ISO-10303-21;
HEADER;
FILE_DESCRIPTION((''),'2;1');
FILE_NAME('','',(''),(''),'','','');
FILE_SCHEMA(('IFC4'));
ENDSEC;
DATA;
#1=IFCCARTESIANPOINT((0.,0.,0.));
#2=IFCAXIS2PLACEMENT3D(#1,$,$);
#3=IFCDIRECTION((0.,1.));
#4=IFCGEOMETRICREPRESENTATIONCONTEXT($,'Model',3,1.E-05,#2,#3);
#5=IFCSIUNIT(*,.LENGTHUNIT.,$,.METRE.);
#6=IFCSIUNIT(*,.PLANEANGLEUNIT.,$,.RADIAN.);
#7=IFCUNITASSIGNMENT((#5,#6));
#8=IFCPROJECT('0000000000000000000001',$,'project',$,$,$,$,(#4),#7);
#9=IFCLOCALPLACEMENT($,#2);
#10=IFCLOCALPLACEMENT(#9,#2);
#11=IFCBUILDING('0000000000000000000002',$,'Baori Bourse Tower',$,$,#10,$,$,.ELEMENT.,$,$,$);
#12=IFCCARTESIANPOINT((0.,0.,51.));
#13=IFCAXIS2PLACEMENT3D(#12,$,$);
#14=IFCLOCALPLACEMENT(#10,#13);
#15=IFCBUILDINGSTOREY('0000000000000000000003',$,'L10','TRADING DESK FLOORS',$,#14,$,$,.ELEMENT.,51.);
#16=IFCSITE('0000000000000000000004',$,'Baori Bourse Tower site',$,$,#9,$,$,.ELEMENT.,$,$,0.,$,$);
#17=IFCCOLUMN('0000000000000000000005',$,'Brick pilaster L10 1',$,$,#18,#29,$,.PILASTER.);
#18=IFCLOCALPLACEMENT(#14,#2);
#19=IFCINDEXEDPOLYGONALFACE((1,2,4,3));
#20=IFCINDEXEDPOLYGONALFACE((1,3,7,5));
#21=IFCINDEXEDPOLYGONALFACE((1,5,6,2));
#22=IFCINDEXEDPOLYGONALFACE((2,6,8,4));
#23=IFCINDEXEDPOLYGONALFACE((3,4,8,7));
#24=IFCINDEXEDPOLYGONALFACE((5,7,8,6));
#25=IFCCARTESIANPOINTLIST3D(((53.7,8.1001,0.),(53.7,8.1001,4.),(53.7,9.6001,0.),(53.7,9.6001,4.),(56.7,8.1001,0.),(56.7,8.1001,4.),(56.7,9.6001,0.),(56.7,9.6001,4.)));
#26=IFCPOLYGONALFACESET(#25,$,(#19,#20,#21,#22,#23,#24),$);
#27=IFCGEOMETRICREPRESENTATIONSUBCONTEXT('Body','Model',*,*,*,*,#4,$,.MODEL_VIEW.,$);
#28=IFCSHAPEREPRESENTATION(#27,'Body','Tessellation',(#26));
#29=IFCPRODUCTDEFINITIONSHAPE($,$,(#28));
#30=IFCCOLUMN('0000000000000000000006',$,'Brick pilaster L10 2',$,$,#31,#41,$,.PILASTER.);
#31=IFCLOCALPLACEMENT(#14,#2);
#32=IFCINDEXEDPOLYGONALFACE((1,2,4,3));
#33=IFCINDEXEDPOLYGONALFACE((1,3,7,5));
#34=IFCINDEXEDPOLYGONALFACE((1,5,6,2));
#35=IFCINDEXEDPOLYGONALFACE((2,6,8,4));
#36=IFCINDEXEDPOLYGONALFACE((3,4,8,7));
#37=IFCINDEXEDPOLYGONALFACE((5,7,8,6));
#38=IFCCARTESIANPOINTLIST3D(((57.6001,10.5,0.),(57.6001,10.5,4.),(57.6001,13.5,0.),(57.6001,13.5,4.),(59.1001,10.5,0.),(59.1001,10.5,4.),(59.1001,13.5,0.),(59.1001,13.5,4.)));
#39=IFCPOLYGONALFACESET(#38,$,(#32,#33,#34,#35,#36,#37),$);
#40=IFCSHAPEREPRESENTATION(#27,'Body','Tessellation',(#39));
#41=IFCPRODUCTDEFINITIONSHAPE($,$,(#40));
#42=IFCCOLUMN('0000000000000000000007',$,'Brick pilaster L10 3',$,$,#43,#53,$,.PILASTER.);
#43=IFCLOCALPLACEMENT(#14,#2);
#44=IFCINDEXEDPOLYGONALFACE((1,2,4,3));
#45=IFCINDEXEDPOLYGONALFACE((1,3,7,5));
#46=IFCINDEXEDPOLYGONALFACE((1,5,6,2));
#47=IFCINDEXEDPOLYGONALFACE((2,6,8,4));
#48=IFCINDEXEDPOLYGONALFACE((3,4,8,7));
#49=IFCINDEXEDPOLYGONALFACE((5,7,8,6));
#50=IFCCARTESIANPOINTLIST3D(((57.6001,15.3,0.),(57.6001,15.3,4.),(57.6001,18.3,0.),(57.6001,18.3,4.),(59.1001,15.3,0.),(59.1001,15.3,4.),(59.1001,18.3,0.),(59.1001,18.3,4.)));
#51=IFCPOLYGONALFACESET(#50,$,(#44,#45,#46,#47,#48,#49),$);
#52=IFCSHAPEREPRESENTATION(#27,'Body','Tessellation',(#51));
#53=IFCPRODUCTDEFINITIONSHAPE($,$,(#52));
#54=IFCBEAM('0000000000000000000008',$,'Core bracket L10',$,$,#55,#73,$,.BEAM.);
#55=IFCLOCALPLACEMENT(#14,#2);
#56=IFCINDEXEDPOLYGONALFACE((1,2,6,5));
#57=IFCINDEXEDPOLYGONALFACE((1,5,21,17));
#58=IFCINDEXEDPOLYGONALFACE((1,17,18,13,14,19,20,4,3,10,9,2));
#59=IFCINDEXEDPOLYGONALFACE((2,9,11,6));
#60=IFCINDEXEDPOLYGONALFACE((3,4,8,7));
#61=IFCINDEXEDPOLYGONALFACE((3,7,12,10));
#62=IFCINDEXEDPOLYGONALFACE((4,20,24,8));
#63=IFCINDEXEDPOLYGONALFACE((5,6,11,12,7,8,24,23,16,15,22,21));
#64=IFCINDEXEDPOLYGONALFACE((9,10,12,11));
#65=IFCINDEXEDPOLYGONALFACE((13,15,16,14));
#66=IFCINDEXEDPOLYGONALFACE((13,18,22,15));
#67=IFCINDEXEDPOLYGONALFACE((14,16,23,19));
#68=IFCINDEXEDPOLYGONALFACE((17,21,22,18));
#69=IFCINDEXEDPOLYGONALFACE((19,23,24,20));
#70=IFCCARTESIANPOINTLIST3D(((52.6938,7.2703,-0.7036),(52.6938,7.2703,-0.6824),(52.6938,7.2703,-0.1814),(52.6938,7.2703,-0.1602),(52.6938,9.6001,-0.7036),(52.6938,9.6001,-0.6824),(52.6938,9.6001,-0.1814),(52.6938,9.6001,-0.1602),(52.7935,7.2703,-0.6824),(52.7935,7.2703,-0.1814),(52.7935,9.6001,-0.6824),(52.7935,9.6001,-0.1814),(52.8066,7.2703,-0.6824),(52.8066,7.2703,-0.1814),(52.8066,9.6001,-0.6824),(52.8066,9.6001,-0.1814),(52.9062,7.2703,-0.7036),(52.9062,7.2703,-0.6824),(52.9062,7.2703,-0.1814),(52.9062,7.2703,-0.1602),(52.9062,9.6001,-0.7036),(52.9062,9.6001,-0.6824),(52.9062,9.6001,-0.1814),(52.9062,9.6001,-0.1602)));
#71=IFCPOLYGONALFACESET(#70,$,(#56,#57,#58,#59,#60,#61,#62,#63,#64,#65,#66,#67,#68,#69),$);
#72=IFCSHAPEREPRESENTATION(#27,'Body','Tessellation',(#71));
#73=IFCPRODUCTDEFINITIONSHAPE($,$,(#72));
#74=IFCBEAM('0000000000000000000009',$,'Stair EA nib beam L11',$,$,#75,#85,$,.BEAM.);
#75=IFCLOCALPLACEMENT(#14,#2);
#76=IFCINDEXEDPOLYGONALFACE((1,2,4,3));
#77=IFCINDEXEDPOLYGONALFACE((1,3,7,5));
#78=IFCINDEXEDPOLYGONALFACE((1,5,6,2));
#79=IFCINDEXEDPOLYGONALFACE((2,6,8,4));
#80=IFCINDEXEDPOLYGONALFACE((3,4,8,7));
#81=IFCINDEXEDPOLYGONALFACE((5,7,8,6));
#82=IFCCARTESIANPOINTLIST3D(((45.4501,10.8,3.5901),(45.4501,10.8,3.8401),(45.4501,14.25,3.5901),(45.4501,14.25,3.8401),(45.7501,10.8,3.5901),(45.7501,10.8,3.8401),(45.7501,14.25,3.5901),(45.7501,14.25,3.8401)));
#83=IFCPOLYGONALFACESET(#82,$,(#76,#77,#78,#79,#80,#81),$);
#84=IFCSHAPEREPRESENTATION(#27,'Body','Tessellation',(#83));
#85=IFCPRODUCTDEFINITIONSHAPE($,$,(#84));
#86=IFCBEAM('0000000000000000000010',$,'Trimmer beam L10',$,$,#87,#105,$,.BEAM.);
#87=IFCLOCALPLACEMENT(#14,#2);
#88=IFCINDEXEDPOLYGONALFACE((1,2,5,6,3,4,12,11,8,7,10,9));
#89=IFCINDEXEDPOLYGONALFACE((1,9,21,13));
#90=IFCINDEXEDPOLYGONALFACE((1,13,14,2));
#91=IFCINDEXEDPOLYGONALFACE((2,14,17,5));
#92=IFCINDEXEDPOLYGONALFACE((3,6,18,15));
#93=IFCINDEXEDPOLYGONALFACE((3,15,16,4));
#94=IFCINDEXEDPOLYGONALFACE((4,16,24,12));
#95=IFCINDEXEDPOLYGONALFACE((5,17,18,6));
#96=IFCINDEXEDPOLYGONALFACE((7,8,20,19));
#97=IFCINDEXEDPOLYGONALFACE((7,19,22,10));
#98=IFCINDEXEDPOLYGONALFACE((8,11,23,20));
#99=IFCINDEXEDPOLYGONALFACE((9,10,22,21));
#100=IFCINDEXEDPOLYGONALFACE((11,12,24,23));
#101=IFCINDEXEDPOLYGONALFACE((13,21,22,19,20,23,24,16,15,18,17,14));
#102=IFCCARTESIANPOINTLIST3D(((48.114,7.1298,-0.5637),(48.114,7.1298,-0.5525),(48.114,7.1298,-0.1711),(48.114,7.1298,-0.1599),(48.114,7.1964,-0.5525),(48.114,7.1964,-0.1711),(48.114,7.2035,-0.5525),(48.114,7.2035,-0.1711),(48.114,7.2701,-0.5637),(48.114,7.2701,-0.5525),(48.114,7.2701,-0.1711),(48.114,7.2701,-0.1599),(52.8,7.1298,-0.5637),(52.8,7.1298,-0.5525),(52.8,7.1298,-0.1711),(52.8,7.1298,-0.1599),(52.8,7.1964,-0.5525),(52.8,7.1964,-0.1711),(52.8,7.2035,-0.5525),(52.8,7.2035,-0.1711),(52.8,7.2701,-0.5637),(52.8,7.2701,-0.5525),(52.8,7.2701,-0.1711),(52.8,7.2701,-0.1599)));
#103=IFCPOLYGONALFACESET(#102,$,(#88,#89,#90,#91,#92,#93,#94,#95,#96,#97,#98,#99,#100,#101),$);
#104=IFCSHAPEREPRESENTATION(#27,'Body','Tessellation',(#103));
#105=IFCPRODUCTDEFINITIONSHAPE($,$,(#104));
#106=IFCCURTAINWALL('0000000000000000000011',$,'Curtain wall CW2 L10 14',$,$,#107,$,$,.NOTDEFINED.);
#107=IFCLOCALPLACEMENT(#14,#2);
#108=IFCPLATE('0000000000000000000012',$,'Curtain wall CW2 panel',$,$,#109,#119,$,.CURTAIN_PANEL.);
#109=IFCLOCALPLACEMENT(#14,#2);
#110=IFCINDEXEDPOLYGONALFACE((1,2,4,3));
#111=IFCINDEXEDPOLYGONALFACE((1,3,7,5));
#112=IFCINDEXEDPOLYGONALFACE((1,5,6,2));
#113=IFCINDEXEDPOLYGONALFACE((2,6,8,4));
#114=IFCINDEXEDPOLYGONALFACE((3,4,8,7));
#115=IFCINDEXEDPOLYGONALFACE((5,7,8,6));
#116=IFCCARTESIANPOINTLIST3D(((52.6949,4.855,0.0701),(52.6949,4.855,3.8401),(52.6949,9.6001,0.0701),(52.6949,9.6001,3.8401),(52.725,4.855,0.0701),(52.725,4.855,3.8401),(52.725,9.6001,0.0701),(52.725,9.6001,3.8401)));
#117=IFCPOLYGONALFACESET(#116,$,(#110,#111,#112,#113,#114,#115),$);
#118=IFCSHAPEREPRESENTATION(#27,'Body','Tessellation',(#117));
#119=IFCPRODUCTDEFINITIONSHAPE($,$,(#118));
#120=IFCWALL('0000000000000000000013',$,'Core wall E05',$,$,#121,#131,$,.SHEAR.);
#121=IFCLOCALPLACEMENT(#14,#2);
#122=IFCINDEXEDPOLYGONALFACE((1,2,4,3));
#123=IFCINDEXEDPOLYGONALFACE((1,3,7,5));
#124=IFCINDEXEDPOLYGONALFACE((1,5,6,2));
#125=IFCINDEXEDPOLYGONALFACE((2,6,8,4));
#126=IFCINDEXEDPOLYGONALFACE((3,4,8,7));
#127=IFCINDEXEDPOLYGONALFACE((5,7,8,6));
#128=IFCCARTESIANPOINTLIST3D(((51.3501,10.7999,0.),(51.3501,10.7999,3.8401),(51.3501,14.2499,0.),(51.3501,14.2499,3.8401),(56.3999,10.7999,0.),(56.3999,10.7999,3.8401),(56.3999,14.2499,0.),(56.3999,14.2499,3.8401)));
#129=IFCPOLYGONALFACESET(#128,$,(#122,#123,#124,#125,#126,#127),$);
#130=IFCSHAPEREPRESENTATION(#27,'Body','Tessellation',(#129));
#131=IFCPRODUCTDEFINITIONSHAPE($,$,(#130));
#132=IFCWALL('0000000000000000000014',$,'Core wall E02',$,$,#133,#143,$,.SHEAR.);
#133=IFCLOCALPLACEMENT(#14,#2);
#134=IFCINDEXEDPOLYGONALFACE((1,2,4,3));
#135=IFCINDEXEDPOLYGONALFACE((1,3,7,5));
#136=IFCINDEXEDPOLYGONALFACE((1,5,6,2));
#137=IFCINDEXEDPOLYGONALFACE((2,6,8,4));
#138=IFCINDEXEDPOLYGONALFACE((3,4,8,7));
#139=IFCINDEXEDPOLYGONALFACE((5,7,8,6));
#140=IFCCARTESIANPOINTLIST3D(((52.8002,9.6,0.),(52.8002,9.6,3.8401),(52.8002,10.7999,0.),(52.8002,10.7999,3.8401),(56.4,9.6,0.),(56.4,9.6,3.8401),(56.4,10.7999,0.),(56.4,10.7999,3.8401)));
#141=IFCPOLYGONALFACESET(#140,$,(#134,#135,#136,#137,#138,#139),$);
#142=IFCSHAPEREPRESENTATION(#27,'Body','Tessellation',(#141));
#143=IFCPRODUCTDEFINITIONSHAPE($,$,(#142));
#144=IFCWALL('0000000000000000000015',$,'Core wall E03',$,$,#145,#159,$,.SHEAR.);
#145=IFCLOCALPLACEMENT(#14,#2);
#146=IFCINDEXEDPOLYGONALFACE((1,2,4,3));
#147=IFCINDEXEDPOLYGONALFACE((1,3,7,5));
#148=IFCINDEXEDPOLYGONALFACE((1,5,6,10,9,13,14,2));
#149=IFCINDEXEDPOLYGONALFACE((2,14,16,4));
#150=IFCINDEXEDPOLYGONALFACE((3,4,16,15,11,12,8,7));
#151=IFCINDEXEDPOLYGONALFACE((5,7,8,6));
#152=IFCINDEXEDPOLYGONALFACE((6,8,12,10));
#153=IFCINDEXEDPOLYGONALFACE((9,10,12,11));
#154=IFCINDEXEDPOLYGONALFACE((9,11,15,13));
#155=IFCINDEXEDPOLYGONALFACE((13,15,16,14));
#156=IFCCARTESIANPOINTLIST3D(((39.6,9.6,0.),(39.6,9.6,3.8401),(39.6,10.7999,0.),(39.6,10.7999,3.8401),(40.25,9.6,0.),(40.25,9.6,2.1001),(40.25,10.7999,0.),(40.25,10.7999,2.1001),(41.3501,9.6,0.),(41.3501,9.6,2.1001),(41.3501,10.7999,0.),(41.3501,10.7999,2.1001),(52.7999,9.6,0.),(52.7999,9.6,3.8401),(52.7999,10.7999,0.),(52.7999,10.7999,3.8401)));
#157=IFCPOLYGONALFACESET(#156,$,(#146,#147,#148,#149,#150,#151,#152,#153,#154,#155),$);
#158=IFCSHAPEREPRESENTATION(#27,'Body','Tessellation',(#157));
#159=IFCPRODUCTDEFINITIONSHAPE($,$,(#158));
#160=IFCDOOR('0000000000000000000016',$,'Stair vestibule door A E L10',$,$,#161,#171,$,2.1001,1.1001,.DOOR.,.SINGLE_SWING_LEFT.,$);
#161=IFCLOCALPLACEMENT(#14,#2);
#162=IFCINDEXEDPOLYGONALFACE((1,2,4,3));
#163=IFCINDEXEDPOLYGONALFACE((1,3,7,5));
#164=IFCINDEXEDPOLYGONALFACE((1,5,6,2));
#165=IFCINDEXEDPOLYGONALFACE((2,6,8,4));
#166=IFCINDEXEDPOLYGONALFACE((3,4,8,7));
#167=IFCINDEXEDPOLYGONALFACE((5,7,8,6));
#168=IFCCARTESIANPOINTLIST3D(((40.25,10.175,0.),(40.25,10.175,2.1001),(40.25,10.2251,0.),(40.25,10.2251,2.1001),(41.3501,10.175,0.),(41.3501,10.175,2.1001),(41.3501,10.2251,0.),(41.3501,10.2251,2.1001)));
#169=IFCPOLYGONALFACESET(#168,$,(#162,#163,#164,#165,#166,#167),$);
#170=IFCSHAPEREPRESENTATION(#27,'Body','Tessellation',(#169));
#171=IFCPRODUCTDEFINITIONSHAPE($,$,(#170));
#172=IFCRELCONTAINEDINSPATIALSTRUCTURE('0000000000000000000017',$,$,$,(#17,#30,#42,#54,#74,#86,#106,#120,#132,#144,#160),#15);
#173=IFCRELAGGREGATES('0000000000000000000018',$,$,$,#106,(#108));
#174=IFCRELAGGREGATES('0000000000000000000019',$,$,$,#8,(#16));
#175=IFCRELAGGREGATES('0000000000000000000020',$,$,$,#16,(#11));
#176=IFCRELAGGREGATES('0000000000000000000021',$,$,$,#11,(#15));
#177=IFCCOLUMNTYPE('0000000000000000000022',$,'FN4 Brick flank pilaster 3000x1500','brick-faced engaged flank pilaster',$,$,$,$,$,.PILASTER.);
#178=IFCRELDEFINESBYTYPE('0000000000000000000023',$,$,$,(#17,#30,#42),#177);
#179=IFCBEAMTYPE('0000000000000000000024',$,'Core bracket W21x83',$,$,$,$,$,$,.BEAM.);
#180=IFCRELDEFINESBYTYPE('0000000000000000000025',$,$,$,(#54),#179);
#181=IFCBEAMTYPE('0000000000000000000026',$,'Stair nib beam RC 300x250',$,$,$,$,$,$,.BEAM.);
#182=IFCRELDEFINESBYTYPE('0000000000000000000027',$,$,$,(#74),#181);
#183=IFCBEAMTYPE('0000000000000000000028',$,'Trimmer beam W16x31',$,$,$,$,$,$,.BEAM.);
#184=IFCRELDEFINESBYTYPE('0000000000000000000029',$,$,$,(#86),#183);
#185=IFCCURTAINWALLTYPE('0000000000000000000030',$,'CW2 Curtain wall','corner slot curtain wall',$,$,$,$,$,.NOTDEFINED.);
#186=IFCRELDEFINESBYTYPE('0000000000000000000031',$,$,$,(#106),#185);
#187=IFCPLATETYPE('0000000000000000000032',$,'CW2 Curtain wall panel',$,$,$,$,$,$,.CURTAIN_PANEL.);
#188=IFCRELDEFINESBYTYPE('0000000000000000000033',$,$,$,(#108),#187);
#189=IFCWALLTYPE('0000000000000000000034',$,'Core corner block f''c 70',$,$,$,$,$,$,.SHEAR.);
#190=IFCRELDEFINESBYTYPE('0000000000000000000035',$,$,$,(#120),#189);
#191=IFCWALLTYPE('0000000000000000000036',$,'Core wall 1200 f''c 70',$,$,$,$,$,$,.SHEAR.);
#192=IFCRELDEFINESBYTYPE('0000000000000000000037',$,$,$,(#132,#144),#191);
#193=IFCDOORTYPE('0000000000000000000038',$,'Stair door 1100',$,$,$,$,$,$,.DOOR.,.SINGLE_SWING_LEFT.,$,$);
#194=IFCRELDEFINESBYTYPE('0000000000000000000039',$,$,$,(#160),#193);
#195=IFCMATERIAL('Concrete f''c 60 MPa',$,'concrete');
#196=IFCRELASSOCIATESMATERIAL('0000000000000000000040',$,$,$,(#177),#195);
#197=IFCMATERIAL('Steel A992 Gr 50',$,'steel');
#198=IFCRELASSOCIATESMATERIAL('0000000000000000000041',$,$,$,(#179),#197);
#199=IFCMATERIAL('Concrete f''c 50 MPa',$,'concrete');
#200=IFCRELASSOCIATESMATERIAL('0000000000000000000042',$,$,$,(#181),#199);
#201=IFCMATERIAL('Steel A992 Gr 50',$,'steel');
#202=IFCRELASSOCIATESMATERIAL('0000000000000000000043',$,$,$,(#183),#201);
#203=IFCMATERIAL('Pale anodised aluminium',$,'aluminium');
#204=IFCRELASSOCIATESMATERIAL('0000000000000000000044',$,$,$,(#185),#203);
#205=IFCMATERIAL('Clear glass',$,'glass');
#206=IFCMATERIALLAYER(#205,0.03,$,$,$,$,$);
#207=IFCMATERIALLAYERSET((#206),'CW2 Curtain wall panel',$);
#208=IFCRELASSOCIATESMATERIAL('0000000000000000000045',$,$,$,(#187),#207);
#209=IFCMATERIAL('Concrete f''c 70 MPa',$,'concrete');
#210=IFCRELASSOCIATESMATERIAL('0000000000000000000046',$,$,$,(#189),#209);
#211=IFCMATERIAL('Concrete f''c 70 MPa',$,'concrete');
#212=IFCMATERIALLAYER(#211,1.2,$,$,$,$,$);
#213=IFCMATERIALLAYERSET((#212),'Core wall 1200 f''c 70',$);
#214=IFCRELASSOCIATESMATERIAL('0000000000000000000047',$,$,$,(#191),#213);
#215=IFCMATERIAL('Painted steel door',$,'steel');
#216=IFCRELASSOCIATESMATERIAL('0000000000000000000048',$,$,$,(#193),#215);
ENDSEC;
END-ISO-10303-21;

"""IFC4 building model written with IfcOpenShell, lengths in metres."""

from ifc_helpers import new_model, si_unit, direction, frame, frame_2d, origin, origin_2d, place, context, subcontext, project, spatial, rectangle, i_section, extrude, material, layer, layer_set, material_profile, profile_set, type_object, element, fill, aggregate, save


model = new_model("IFC4")

# Units and contexts
model_context = context("Model", 3, precision=1e-05, world=origin(), true_north=direction((0.0, 1.0)))
body_context = subcontext(model_context, "Body", "Model", "MODEL_VIEW")
ifc_project = project(units=[si_unit("LENGTHUNIT", "METRE"), si_unit("PLANEANGLEUNIT", "RADIAN")], contexts=[model_context])

# Site, building, storey
site_placement = place(None, origin())
site = spatial("IfcSite", under=ifc_project, at=site_placement, Name="Baori Bourse Tower site", CompositionType="ELEMENT", RefElevation=0.0)
building_placement = place(site_placement, origin())
building = spatial("IfcBuilding", under=site, at=building_placement, Name="Baori Bourse Tower", CompositionType="ELEMENT")
storey_placement = place(building_placement, frame((0.0, 0.0, 51.0)))
storey = spatial("IfcBuildingStorey", under=building, at=storey_placement, Name="L10", Description="TRADING DESK FLOORS", CompositionType="ELEMENT", Elevation=51.0)

# Columns
ifc_material_1 = material(Name="Concrete f'c 60 MPa", Category="concrete")
ifc_material_profile_1 = material_profile(ifc_material_1, rectangle(XDim=3.0, YDim=1.5, at=origin_2d()), Name="RC 3000x1500")
ifc_profile_set_1 = profile_set([ifc_material_profile_1], Name="Concrete f'c 60 MPa")
column_type = type_object("IfcColumnType", Name="FN4 Brick flank pilaster 3000x1500", Description="brick-faced engaged flank pilaster", PredefinedType="PILASTER", material=ifc_profile_set_1)
for number, where, z_axis, x_axis, name in (
    (1, (55.2, 8.8501, 0.0), (0.0, 0.0, 1.0), (1.0, 0.0, 0.0), "Brick pilaster L10 1"),
    (2, (58.3501, 12.0, 0.0), (0.0, 0.0, 1.0), (0.0, 1.0, 0.0), "Brick pilaster L10 2"),
    (3, (58.3501, 16.8, 0.0), (0.0, 0.0, 1.0), (0.0, 1.0, 0.0), "Brick pilaster L10 3"),
):
    element("IfcColumn", number, at=place(storey_placement, frame(where, z_axis=z_axis, x_axis=x_axis)), inside=storey, type_object=column_type, Name=name, PredefinedType="PILASTER", context=body_context, shape_type="SweptSolid", body=[
        extrude(rectangle(XDim=3.0, YDim=1.5, at=origin_2d()), origin(), (0.0, 0.0, 1.0), 4.0),
    ])

# Beams
ifc_material_2 = material(Name="Steel A992 Gr 50", Category="steel")
ifc_material_profile_2 = material_profile(ifc_material_2, i_section(OverallWidth=0.2124, OverallDepth=0.5435, WebThickness=0.0132, FlangeThickness=0.0212, at=origin_2d()), Name="W21x83")
ifc_profile_set_2 = profile_set([ifc_material_profile_2], Name="Steel A992 Gr 50")
beam_type_1 = type_object("IfcBeamType", Name="Core bracket W21x83", PredefinedType="BEAM", material=ifc_profile_set_2)
beam_1_placement = place(storey_placement, frame((52.8, 7.2703, -0.4319), z_axis=(0.0, 1.0, 0.0), x_axis=(-1.0, 0.0, 0.0)))
element("IfcBeam", 4, at=beam_1_placement, inside=storey, type_object=beam_type_1, Name="Core bracket L10", PredefinedType="BEAM", context=body_context, shape_type="SweptSolid", body=[
    extrude(i_section(OverallWidth=0.2124, OverallDepth=0.5435, WebThickness=0.0132, FlangeThickness=0.0212, at=origin_2d()), origin(), (0.0, 0.0, 1.0), 2.3298),
])
ifc_material_3 = material(Name="Concrete f'c 50 MPa", Category="concrete")
ifc_material_profile_3 = material_profile(ifc_material_3, rectangle(XDim=0.3, YDim=0.25, at=origin_2d()), Name="RC 300x250")
ifc_profile_set_3 = profile_set([ifc_material_profile_3], Name="Concrete f'c 50 MPa")
beam_type_2 = type_object("IfcBeamType", Name="Stair nib beam RC 300x250", PredefinedType="BEAM", material=ifc_profile_set_3)
beam_2_placement = place(storey_placement, frame((45.6001, 10.8, 3.7151), z_axis=(0.0, 1.0, 0.0), x_axis=(-1.0, 0.0, 0.0)))
element("IfcBeam", 5, at=beam_2_placement, inside=storey, type_object=beam_type_2, Name="Stair EA nib beam L11", PredefinedType="BEAM", context=body_context, shape_type="SweptSolid", body=[
    extrude(rectangle(XDim=0.3, YDim=0.25, at=origin_2d()), origin(), (0.0, 0.0, 1.0), 3.45),
])
ifc_material_4 = material(Name="Steel A992 Gr 50", Category="steel")
ifc_material_profile_4 = material_profile(ifc_material_4, i_section(OverallWidth=0.1404, OverallDepth=0.4038, WebThickness=0.0071, FlangeThickness=0.0112, at=origin_2d()), Name="W16x31")
ifc_profile_set_4 = profile_set([ifc_material_profile_4], Name="Steel A992 Gr 50")
beam_type_3 = type_object("IfcBeamType", Name="Trimmer beam W16x31", PredefinedType="BEAM", material=ifc_profile_set_4)
beam_3_placement = place(storey_placement, frame((48.114, 7.2, -0.3618), z_axis=(1.0, 0.0, 0.0), x_axis=(0.0, 1.0, 0.0)))
element("IfcBeam", 6, at=beam_3_placement, inside=storey, type_object=beam_type_3, Name="Trimmer beam L10", PredefinedType="BEAM", context=body_context, shape_type="SweptSolid", body=[
    extrude(i_section(OverallWidth=0.1404, OverallDepth=0.4038, WebThickness=0.0071, FlangeThickness=0.0112, at=origin_2d()), origin(), (0.0, 0.0, 1.0), 4.686),
])

# Curtain wall, plate
ifc_material_5 = material(Name="Pale anodised aluminium", Category="aluminium")
curtain_wall_type = type_object("IfcCurtainWallType", Name="CW2 Curtain wall", Description="corner slot curtain wall", PredefinedType="NOTDEFINED", material=ifc_material_5)
curtain_wall_placement = place(storey_placement, origin())
curtain_wall = element("IfcCurtainWall", 7, at=curtain_wall_placement, inside=storey, type_object=curtain_wall_type, Name="Curtain wall CW2 L10 14", PredefinedType="NOTDEFINED")
ifc_material_6 = material(Name="Clear glass", Category="glass")
ifc_layer_1 = layer(ifc_material_6, 0.03)
ifc_layer_set_1 = layer_set([ifc_layer_1], Name="CW2 Curtain wall panel")
plate_type = type_object("IfcPlateType", Name="CW2 Curtain wall panel", PredefinedType="CURTAIN_PANEL", material=ifc_layer_set_1)
plate_placement = place(storey_placement, frame((52.71, 7.2275, 0.0701), z_axis=(0.0, 0.0, 1.0), x_axis=(0.0, 1.0, 0.0)))
plate = element("IfcPlate", 8, at=plate_placement, type_object=plate_type, Name="Curtain wall CW2 panel", PredefinedType="CURTAIN_PANEL", context=body_context, shape_type="SweptSolid", body=[
    extrude(rectangle(XDim=4.7451, YDim=0.03, at=origin_2d()), origin(), (0.0, 0.0, 1.0), 3.77),
])
aggregate(curtain_wall, [plate])

# Walls
ifc_material_7 = material(Name="Concrete f'c 70 MPa", Category="concrete")
wall_type_1 = type_object("IfcWallType", Name="Core corner block f'c 70", PredefinedType="SHEAR", material=ifc_material_7)
wall_1_placement = place(storey_placement, frame((51.3501, 12.5249, 0.0), z_axis=(0.0, 0.0, 1.0), x_axis=(1.0, 0.0, 0.0)))
element("IfcWall", 9, at=wall_1_placement, inside=storey, type_object=wall_type_1, Name="Core wall E05", PredefinedType="SHEAR", context=body_context, shape_type="SweptSolid", body=[
    extrude(rectangle(XDim=5.0498, YDim=3.45, at=frame_2d((2.5249, 0.0))), origin(), (0.0, 0.0, 1.0), 3.8401),
])
ifc_material_8 = material(Name="Concrete f'c 70 MPa", Category="concrete")
ifc_layer_2 = layer(ifc_material_8, 1.2)
ifc_layer_set_2 = layer_set([ifc_layer_2], Name="Core wall 1200 f'c 70")
wall_type_2 = type_object("IfcWallType", Name="Core wall 1200 f'c 70", PredefinedType="SHEAR", material=ifc_layer_set_2)
wall_2_placement = place(storey_placement, frame((56.3999, 10.2, 0.0), z_axis=(0.0, 0.0, 1.0), x_axis=(-1.0, 0.0, 0.0)))
element("IfcWall", 10, at=wall_2_placement, inside=storey, type_object=wall_type_2, Name="Core wall E02", PredefinedType="SHEAR", context=body_context, shape_type="SweptSolid", body=[
    extrude(rectangle(XDim=3.5999, YDim=1.2, at=frame_2d((1.7998, 0.0))), origin(), (0.0, 0.0, 1.0), 3.8401),
])

# Wall, opening, door
wall_3_placement = place(storey_placement, frame((52.8, 10.2, 0.0), z_axis=(0.0, 0.0, 1.0), x_axis=(-1.0, 0.0, 0.0)))
wall_3 = element("IfcWall", 11, at=wall_3_placement, inside=storey, type_object=wall_type_2, Name="Core wall E03", PredefinedType="SHEAR", context=body_context, shape_type="SweptSolid", body=[
    extrude(rectangle(XDim=13.2, YDim=1.2, at=frame_2d((6.6001, 0.0))), origin(), (0.0, 0.0, 1.0), 3.8401),
])
opening_1_placement = place(wall_3_placement, frame((11.45, 0.0, 0.0)))
opening_1 = element("IfcOpeningElement", 12, at=opening_1_placement, cuts=wall_3, PredefinedType="OPENING", context=body_context, shape_type="SweptSolid", body=[
    extrude(rectangle(XDim=1.1001, YDim=2.1001, at=frame_2d((0.55, 1.05))), frame((0.0, 0.6099, 0.0), z_axis=(0.0, -1.0, 0.0), x_axis=(1.0, 0.0, 0.0)), (0.0, 0.0, 1.0), 1.22),
])
ifc_material_9 = material(Name="Painted steel door", Category="steel")
door_type_1 = type_object("IfcDoorType", Name="Stair door 1100", OperationType="SINGLE_SWING_LEFT", PredefinedType="DOOR", material=ifc_material_9)
door_1_placement = place(opening_1_placement, origin())
door_1 = element("IfcDoor", 13, at=door_1_placement, inside=storey, type_object=door_type_1, Name="Stair vestibule door A E L10", OperationType="SINGLE_SWING_LEFT", OverallHeight=2.1001, OverallWidth=1.1001, PredefinedType="DOOR", context=body_context, shape_type="SweptSolid", body=[
    extrude(rectangle(XDim=1.1001, YDim=2.1001, at=frame_2d((0.55, 1.05))), frame((0.0, 0.0249, 0.0), z_axis=(0.0, -1.0, 0.0), x_axis=(1.0, 0.0, 0.0)), (0.0, 0.0, 1.0), 0.05),
])
fill(opening_1, door_1)

save(model, "model.ifc")
